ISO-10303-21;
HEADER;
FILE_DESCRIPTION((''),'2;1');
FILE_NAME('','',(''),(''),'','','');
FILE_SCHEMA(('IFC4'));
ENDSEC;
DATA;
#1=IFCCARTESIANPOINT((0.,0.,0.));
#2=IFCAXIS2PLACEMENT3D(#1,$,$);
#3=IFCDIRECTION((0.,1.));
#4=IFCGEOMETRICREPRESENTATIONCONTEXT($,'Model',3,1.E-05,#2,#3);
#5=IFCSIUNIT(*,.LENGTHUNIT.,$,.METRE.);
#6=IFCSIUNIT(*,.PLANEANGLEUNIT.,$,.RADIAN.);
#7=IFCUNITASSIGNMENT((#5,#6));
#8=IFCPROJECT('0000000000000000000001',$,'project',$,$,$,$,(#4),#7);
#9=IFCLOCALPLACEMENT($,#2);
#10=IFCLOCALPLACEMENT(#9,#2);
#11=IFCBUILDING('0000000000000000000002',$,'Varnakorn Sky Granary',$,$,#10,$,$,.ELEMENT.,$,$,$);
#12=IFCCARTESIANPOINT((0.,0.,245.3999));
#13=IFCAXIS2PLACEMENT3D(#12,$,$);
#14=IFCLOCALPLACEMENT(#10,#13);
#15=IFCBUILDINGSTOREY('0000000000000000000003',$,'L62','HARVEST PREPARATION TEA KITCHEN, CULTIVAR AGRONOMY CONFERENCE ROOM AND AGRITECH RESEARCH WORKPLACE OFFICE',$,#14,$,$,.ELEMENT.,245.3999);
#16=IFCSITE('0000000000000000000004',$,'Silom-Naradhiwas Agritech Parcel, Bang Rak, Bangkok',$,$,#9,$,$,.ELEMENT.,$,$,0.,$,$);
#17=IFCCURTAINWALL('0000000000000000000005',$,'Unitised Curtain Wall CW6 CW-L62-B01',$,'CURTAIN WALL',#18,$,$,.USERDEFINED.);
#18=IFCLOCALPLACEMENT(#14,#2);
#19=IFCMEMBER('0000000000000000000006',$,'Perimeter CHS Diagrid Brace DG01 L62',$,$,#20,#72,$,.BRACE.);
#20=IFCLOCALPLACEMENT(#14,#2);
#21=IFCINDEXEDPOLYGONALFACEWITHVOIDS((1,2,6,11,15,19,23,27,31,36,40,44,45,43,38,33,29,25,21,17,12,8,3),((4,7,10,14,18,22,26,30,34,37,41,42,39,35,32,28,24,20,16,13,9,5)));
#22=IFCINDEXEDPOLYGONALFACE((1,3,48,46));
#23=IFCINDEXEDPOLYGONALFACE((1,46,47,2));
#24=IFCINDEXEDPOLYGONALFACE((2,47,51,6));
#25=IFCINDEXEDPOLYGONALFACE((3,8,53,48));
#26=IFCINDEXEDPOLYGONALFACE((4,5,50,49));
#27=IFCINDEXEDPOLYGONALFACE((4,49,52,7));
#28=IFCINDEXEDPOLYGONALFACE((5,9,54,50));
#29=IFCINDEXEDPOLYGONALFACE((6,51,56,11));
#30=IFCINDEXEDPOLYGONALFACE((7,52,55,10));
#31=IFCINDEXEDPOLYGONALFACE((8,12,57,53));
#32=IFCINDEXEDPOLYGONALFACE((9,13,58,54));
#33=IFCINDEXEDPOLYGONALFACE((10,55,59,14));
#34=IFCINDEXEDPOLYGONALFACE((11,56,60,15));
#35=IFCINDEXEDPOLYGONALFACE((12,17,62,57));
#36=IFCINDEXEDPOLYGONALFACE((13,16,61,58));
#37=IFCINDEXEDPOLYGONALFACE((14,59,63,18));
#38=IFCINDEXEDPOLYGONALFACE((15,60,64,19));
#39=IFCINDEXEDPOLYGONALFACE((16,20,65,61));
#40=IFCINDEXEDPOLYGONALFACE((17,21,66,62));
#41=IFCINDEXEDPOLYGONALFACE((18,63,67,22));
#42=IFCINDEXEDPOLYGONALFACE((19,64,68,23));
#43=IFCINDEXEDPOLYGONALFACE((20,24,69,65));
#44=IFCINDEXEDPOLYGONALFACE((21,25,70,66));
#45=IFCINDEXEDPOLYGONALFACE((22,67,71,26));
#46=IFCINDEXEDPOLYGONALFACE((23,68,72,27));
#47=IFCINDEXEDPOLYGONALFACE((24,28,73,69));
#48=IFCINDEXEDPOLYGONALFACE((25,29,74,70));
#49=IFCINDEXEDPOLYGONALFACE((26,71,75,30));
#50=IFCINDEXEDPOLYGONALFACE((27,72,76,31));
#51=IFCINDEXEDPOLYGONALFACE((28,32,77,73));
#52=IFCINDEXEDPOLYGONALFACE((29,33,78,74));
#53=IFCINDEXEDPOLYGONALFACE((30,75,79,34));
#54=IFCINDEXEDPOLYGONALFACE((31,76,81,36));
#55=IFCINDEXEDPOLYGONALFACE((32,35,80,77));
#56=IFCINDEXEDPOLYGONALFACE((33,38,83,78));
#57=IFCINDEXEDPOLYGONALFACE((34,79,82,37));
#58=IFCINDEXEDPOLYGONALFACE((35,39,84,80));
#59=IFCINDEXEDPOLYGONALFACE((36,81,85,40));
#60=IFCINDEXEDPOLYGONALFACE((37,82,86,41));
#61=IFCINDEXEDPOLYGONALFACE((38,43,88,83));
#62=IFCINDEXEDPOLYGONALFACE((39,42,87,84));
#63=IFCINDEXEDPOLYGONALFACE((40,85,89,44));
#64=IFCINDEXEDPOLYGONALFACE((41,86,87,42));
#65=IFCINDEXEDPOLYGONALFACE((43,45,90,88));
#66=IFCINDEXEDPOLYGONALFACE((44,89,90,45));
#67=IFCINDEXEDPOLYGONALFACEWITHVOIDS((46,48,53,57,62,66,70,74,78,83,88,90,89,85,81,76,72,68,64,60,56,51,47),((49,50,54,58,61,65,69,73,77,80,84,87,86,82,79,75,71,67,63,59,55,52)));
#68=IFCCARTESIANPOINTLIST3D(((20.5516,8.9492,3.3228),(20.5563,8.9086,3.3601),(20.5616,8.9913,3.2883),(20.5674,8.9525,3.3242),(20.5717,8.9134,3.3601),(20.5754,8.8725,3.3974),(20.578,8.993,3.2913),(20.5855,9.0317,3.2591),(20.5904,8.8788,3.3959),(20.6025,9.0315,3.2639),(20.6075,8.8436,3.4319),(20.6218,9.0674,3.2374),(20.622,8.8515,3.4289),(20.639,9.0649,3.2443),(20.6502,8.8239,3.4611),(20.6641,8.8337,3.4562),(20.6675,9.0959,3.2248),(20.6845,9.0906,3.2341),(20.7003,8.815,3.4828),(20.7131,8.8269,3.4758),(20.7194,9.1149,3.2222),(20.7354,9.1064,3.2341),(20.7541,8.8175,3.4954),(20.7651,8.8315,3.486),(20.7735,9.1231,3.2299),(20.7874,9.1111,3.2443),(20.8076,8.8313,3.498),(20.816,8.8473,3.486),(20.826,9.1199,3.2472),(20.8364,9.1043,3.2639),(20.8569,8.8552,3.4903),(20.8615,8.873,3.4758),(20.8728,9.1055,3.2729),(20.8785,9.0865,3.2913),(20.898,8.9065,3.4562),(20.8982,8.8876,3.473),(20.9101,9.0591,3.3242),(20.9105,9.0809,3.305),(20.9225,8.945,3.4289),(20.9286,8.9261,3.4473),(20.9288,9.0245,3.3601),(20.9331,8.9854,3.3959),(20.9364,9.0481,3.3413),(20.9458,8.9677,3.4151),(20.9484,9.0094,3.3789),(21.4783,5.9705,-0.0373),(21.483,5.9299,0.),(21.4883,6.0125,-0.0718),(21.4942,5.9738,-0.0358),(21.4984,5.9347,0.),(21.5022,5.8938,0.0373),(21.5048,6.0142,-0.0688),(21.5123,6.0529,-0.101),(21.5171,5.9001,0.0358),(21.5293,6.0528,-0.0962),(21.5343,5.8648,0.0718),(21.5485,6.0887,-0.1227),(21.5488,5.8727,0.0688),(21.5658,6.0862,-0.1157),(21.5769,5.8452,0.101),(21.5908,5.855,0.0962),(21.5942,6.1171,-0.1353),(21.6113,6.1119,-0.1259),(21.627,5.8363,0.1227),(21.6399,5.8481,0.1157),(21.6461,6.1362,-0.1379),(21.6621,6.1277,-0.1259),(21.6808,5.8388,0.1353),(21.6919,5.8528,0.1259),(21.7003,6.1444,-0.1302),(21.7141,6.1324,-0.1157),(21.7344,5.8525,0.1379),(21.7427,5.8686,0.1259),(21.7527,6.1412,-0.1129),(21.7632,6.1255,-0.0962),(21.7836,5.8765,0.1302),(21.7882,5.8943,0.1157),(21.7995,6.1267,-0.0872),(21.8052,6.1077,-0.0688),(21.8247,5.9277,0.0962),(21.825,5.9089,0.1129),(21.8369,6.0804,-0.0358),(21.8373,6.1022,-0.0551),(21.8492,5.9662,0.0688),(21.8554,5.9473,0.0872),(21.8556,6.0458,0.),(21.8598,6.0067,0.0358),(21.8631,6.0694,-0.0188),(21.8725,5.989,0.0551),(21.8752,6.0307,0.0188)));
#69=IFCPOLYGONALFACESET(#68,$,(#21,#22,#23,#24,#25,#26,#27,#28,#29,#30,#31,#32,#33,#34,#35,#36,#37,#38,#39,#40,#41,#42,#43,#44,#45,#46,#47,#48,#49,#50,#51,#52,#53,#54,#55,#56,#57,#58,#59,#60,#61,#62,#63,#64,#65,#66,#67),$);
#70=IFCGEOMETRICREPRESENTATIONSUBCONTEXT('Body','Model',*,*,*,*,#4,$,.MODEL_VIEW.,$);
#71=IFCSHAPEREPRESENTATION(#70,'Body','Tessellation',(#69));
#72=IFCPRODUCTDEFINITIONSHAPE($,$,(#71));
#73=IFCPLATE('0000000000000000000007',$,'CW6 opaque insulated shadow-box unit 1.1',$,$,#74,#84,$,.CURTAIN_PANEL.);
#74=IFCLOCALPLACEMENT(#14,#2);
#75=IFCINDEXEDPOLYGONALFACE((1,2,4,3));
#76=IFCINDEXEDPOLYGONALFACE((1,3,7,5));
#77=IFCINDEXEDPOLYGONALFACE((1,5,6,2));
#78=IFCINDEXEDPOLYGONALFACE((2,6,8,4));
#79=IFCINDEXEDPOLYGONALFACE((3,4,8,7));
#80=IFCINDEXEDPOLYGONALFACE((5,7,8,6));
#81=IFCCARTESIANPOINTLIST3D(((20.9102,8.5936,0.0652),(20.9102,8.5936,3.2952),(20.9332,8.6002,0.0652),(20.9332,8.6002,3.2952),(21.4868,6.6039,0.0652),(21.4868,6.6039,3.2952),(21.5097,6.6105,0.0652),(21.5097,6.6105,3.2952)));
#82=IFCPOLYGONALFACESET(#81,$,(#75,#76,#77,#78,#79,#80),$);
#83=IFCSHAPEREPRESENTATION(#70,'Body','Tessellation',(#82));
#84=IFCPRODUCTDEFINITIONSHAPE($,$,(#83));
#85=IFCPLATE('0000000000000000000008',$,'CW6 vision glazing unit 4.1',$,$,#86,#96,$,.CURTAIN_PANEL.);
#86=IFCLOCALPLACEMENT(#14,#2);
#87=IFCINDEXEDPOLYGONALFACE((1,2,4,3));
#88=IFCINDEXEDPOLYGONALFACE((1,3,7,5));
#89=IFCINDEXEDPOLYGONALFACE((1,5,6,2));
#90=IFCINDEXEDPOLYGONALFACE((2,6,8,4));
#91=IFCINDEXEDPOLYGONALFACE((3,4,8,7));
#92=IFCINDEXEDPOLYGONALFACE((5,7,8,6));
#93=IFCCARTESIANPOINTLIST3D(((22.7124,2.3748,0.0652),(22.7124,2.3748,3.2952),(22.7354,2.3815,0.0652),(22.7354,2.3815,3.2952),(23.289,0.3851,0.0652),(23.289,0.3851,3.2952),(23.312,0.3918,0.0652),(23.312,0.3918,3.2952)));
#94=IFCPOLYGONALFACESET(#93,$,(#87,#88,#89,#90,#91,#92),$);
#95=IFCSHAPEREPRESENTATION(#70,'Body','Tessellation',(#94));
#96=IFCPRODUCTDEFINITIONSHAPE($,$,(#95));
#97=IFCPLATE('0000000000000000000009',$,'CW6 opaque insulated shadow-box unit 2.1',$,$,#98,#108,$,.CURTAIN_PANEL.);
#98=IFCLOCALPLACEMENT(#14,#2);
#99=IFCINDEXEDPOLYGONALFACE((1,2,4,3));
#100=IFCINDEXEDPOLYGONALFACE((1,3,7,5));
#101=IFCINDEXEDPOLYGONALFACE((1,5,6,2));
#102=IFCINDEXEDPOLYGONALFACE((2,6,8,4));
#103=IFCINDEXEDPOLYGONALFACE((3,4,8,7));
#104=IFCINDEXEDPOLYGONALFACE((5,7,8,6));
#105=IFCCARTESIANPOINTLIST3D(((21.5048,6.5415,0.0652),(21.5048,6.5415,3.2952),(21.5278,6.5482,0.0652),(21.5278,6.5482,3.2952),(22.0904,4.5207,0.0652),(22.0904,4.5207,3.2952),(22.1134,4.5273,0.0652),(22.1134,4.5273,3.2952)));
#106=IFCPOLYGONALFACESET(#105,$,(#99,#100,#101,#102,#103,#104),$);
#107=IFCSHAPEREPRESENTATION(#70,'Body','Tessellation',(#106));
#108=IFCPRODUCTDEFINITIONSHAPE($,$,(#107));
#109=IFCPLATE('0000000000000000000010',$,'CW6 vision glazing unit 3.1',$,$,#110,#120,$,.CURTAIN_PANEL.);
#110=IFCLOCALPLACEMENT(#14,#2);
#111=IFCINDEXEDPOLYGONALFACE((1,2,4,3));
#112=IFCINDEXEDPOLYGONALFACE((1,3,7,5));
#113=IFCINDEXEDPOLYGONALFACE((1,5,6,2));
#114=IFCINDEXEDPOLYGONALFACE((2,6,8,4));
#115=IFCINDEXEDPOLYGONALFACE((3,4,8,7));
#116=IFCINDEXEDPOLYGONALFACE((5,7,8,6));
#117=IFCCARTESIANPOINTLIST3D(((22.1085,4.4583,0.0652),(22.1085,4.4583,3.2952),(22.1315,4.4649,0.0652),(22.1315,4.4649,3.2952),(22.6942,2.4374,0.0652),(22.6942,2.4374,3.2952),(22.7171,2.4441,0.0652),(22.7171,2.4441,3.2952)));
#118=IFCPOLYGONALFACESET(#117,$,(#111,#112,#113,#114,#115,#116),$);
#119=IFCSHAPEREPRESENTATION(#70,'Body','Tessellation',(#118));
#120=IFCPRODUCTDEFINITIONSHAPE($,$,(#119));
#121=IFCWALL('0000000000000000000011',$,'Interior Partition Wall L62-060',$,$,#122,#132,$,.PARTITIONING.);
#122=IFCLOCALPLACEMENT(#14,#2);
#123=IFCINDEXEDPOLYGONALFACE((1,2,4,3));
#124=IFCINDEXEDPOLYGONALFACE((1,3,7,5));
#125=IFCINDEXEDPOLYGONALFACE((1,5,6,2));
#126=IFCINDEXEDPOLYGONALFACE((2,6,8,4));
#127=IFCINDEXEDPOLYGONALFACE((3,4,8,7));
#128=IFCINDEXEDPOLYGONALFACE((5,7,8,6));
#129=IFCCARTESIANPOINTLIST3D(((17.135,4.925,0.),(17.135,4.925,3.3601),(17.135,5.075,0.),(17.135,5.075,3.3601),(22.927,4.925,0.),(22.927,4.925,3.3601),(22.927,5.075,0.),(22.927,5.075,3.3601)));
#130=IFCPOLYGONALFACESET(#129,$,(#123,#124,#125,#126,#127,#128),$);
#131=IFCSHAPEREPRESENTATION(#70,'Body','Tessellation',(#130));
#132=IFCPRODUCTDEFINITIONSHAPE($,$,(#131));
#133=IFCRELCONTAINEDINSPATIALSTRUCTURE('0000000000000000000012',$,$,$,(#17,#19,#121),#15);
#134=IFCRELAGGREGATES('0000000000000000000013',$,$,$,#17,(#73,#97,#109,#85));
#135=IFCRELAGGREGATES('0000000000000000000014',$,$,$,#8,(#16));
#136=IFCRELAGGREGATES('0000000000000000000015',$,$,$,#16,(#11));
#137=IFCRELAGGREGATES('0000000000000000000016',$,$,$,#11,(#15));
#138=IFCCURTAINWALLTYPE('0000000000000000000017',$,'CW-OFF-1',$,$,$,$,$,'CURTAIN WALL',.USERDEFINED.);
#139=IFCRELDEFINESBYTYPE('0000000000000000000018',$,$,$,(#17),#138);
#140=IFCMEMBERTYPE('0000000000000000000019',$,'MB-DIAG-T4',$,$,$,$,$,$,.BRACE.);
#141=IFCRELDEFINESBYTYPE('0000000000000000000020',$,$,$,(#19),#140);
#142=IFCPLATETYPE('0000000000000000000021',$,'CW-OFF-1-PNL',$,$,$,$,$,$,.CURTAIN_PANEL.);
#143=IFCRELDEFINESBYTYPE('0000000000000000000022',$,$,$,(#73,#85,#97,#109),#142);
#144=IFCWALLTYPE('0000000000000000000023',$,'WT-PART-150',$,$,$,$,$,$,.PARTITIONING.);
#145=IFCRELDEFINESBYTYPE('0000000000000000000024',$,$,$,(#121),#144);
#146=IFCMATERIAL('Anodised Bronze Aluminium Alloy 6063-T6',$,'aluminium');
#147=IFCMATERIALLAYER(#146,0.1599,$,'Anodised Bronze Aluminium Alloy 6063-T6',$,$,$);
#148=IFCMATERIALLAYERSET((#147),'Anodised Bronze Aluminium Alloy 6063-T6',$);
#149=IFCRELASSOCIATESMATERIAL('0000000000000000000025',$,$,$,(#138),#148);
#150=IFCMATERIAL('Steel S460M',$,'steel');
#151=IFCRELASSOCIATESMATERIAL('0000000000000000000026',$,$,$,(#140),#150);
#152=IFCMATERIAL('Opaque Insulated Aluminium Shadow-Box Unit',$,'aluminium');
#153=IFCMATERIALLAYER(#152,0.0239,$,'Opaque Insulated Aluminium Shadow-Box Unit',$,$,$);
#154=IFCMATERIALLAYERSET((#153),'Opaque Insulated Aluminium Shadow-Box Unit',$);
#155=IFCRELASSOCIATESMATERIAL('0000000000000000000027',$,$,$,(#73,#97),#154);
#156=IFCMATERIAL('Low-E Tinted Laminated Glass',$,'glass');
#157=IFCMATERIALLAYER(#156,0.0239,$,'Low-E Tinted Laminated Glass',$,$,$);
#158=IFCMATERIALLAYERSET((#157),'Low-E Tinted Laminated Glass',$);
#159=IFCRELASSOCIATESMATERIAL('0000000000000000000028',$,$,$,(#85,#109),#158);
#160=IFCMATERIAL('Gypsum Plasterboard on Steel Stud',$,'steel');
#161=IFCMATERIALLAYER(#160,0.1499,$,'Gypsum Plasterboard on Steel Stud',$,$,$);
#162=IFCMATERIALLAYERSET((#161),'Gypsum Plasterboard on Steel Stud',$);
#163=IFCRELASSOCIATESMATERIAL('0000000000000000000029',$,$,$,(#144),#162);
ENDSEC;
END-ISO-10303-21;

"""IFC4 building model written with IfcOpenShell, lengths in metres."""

from ifc_helpers import new_model, si_unit, direction, frame, frame_2d, origin, origin_2d, place, context, subcontext, project, spatial, rectangle, hollow_circle, extrude, source, transform, mapped, material, layer, layer_set, material_profile, profile_set, type_object, type_shapes, element, aggregate, save


model = new_model("IFC4")

# Units and contexts
model_context = context("Model", 3, precision=1e-05, world=origin(), true_north=direction((0.0, 1.0)))
body_context = subcontext(model_context, "Body", "Model", "MODEL_VIEW")
ifc_project = project(units=[si_unit("LENGTHUNIT", "METRE"), si_unit("PLANEANGLEUNIT", "RADIAN")], contexts=[model_context])

# Site, building, storey
site_placement = place(None, origin())
site = spatial("IfcSite", under=ifc_project, at=site_placement, Name="Silom-Naradhiwas Agritech Parcel, Bang Rak, Bangkok", CompositionType="ELEMENT", RefElevation=0.0)
building_placement = place(site_placement, origin())
building = spatial("IfcBuilding", under=site, at=building_placement, Name="Varnakorn Sky Granary", CompositionType="ELEMENT")
storey_placement = place(building_placement, frame((0.0, 0.0, 245.3999)))
storey = spatial("IfcBuildingStorey", under=building, at=storey_placement, Name="L62", Description="HARVEST PREPARATION TEA KITCHEN, CULTIVAR AGRONOMY CONFERENCE ROOM AND AGRITECH RESEARCH WORKPLACE OFFICE", CompositionType="ELEMENT", Elevation=245.3999)

# Shared definitions
ifc_material_1 = material(Name="Steel S460M", Category="steel")

# Curtain wall
ifc_material_2 = material(Name="Anodised Bronze Aluminium Alloy 6063-T6", Category="aluminium")
ifc_layer_1 = layer(ifc_material_2, 0.1599, Name="Anodised Bronze Aluminium Alloy 6063-T6")
ifc_layer_set_1 = layer_set([ifc_layer_1], Name="Anodised Bronze Aluminium Alloy 6063-T6")
curtain_wall_type = type_object("IfcCurtainWallType", Name="CW-OFF-1", ElementType="CURTAIN WALL", PredefinedType="USERDEFINED", material=ifc_layer_set_1)
curtain_wall_placement = place(storey_placement, origin())
curtain_wall = element("IfcCurtainWall", 1, at=curtain_wall_placement, inside=storey, type_object=curtain_wall_type, Name="Unitised Curtain Wall CW6 CW-L62-B01", ObjectType="CURTAIN WALL", PredefinedType="USERDEFINED")

# Member
ifc_material_profile_1 = material_profile(ifc_material_1, hollow_circle(Radius=0.2031, WallThickness=0.0161, at=origin_2d()), Name="CHS 406.4x16")
ifc_profile_set_1 = profile_set([ifc_material_profile_1], Name="Steel S460M")
member_type_1 = type_object("IfcMemberType", Name="MB-DIAG-T4", PredefinedType="BRACE", material=ifc_profile_set_1)
member_1_placement = place(storey_placement, frame((21.677, 5.9902, 0.0), z_axis=(-0.202128, 0.649675, 0.732848), x_axis=(-0.954854, -0.297076, 0.0)))
element("IfcMember", 2, at=member_1_placement, inside=storey, type_object=member_type_1, Name="Perimeter CHS Diagrid Brace DG01 L62", PredefinedType="BRACE", context=body_context, shape_type="SweptSolid", body=[
    extrude(hollow_circle(Radius=0.2031, WallThickness=0.0161, at=origin_2d()), origin(), (0.0, 0.0, 1.0), 4.585),
])

# Plates
ifc_material_3 = material(Name="Opaque Insulated Aluminium Shadow-Box Unit", Category="aluminium")
ifc_layer_2 = layer(ifc_material_3, 0.0239, Name="Opaque Insulated Aluminium Shadow-Box Unit")
ifc_layer_set_2 = layer_set([ifc_layer_2], Name="Opaque Insulated Aluminium Shadow-Box Unit")
plate_type = type_object("IfcPlateType", Name="CW-OFF-1-PNL", PredefinedType="CURTAIN_PANEL")
shared_shape_1 = source(origin(), body_context, "Body", "SweptSolid", [
    extrude(rectangle(XDim=2.0715, YDim=0.0239, at=origin_2d()), origin(), (0.0, 0.0, 1.0), 3.23),
])
plate_1_placement = place(storey_placement, frame((21.21, 7.6021, 0.0652), z_axis=(0.0, 0.0, 1.0), x_axis=(0.278338, -0.960483, 0.0)))
plate_1 = element("IfcPlate", 3, at=plate_1_placement, type_object=plate_type, material=ifc_layer_set_2, Name="CW6 opaque insulated shadow-box unit 1.1", PredefinedType="CURTAIN_PANEL", context=body_context, shape_type="MappedRepresentation", body=[
    mapped(shared_shape_1, transform((0.0, 0.0, 0.0), x_axis=(1.0, 0.0, 0.0), y_axis=(0.0, 1.0, 0.0), z_axis=(0.0, 0.0, 1.0), scale=1.0)),
])
ifc_material_4 = material(Name="Low-E Tinted Laminated Glass", Category="glass")
ifc_layer_3 = layer(ifc_material_4, 0.0239, Name="Low-E Tinted Laminated Glass")
ifc_layer_set_3 = layer_set([ifc_layer_3], Name="Low-E Tinted Laminated Glass")
plate_2_placement = place(storey_placement, frame((23.0122, 1.3833, 0.0652), z_axis=(0.0, 0.0, 1.0), x_axis=(0.278338, -0.960483, 0.0)))
plate_2 = element("IfcPlate", 4, at=plate_2_placement, type_object=plate_type, material=ifc_layer_set_3, Name="CW6 vision glazing unit 4.1", PredefinedType="CURTAIN_PANEL", context=body_context, shape_type="MappedRepresentation", body=[
    mapped(shared_shape_1, transform((0.0, 0.0, 0.0), x_axis=(1.0, 0.0, 0.0), y_axis=(0.0, 1.0, 0.0), z_axis=(0.0, 0.0, 1.0), scale=1.0)),
])
shared_shape_2 = source(origin(), body_context, "Body", "SweptSolid", [
    extrude(rectangle(XDim=2.104, YDim=0.0239, at=origin_2d()), origin(), (0.0, 0.0, 1.0), 3.23),
])
type_shapes(plate_type, [shared_shape_1, shared_shape_2])
plate_3_placement = place(storey_placement, frame((21.8091, 5.5344, 0.0652), z_axis=(0.0, 0.0, 1.0), x_axis=(0.278338, -0.960483, 0.0)))
plate_3 = element("IfcPlate", 5, at=plate_3_placement, type_object=plate_type, material=ifc_layer_set_2, Name="CW6 opaque insulated shadow-box unit 2.1", PredefinedType="CURTAIN_PANEL", context=body_context, shape_type="MappedRepresentation", body=[
    mapped(shared_shape_2, transform((0.0, 0.0, 0.0), x_axis=(1.0, 0.0, 0.0), y_axis=(0.0, 1.0, 0.0), z_axis=(0.0, 0.0, 1.0), scale=1.0)),
])
plate_4_placement = place(storey_placement, frame((22.4128, 3.4512, 0.0652), z_axis=(0.0, 0.0, 1.0), x_axis=(0.278338, -0.960483, 0.0)))
plate_4 = element("IfcPlate", 6, at=plate_4_placement, type_object=plate_type, material=ifc_layer_set_3, Name="CW6 vision glazing unit 3.1", PredefinedType="CURTAIN_PANEL", context=body_context, shape_type="MappedRepresentation", body=[
    mapped(shared_shape_2, transform((0.0, 0.0, 0.0), x_axis=(1.0, 0.0, 0.0), y_axis=(0.0, 1.0, 0.0), z_axis=(0.0, 0.0, 1.0), scale=1.0)),
])
aggregate(curtain_wall, [plate_1, plate_3, plate_4, plate_2])

# Wall
ifc_material_5 = material(Name="Gypsum Plasterboard on Steel Stud", Category="steel")
ifc_layer_4 = layer(ifc_material_5, 0.1499, Name="Gypsum Plasterboard on Steel Stud")
ifc_layer_set_4 = layer_set([ifc_layer_4], Name="Gypsum Plasterboard on Steel Stud")
wall_type = type_object("IfcWallType", Name="WT-PART-150", PredefinedType="PARTITIONING", material=ifc_layer_set_4)
wall_placement = place(storey_placement, frame((17.135, 5.0, 0.0), z_axis=(0.0, 0.0, 1.0), x_axis=(1.0, 0.0, 0.0)))
element("IfcWall", 7, at=wall_placement, inside=storey, type_object=wall_type, Name="Interior Partition Wall L62-060", PredefinedType="PARTITIONING", context=body_context, shape_type="SweptSolid", body=[
    extrude(rectangle(XDim=5.792, YDim=0.1499, at=frame_2d((2.896, 0.0))), origin(), (0.0, 0.0, 1.0), 3.3601),
])

save(model, "model.ifc")
